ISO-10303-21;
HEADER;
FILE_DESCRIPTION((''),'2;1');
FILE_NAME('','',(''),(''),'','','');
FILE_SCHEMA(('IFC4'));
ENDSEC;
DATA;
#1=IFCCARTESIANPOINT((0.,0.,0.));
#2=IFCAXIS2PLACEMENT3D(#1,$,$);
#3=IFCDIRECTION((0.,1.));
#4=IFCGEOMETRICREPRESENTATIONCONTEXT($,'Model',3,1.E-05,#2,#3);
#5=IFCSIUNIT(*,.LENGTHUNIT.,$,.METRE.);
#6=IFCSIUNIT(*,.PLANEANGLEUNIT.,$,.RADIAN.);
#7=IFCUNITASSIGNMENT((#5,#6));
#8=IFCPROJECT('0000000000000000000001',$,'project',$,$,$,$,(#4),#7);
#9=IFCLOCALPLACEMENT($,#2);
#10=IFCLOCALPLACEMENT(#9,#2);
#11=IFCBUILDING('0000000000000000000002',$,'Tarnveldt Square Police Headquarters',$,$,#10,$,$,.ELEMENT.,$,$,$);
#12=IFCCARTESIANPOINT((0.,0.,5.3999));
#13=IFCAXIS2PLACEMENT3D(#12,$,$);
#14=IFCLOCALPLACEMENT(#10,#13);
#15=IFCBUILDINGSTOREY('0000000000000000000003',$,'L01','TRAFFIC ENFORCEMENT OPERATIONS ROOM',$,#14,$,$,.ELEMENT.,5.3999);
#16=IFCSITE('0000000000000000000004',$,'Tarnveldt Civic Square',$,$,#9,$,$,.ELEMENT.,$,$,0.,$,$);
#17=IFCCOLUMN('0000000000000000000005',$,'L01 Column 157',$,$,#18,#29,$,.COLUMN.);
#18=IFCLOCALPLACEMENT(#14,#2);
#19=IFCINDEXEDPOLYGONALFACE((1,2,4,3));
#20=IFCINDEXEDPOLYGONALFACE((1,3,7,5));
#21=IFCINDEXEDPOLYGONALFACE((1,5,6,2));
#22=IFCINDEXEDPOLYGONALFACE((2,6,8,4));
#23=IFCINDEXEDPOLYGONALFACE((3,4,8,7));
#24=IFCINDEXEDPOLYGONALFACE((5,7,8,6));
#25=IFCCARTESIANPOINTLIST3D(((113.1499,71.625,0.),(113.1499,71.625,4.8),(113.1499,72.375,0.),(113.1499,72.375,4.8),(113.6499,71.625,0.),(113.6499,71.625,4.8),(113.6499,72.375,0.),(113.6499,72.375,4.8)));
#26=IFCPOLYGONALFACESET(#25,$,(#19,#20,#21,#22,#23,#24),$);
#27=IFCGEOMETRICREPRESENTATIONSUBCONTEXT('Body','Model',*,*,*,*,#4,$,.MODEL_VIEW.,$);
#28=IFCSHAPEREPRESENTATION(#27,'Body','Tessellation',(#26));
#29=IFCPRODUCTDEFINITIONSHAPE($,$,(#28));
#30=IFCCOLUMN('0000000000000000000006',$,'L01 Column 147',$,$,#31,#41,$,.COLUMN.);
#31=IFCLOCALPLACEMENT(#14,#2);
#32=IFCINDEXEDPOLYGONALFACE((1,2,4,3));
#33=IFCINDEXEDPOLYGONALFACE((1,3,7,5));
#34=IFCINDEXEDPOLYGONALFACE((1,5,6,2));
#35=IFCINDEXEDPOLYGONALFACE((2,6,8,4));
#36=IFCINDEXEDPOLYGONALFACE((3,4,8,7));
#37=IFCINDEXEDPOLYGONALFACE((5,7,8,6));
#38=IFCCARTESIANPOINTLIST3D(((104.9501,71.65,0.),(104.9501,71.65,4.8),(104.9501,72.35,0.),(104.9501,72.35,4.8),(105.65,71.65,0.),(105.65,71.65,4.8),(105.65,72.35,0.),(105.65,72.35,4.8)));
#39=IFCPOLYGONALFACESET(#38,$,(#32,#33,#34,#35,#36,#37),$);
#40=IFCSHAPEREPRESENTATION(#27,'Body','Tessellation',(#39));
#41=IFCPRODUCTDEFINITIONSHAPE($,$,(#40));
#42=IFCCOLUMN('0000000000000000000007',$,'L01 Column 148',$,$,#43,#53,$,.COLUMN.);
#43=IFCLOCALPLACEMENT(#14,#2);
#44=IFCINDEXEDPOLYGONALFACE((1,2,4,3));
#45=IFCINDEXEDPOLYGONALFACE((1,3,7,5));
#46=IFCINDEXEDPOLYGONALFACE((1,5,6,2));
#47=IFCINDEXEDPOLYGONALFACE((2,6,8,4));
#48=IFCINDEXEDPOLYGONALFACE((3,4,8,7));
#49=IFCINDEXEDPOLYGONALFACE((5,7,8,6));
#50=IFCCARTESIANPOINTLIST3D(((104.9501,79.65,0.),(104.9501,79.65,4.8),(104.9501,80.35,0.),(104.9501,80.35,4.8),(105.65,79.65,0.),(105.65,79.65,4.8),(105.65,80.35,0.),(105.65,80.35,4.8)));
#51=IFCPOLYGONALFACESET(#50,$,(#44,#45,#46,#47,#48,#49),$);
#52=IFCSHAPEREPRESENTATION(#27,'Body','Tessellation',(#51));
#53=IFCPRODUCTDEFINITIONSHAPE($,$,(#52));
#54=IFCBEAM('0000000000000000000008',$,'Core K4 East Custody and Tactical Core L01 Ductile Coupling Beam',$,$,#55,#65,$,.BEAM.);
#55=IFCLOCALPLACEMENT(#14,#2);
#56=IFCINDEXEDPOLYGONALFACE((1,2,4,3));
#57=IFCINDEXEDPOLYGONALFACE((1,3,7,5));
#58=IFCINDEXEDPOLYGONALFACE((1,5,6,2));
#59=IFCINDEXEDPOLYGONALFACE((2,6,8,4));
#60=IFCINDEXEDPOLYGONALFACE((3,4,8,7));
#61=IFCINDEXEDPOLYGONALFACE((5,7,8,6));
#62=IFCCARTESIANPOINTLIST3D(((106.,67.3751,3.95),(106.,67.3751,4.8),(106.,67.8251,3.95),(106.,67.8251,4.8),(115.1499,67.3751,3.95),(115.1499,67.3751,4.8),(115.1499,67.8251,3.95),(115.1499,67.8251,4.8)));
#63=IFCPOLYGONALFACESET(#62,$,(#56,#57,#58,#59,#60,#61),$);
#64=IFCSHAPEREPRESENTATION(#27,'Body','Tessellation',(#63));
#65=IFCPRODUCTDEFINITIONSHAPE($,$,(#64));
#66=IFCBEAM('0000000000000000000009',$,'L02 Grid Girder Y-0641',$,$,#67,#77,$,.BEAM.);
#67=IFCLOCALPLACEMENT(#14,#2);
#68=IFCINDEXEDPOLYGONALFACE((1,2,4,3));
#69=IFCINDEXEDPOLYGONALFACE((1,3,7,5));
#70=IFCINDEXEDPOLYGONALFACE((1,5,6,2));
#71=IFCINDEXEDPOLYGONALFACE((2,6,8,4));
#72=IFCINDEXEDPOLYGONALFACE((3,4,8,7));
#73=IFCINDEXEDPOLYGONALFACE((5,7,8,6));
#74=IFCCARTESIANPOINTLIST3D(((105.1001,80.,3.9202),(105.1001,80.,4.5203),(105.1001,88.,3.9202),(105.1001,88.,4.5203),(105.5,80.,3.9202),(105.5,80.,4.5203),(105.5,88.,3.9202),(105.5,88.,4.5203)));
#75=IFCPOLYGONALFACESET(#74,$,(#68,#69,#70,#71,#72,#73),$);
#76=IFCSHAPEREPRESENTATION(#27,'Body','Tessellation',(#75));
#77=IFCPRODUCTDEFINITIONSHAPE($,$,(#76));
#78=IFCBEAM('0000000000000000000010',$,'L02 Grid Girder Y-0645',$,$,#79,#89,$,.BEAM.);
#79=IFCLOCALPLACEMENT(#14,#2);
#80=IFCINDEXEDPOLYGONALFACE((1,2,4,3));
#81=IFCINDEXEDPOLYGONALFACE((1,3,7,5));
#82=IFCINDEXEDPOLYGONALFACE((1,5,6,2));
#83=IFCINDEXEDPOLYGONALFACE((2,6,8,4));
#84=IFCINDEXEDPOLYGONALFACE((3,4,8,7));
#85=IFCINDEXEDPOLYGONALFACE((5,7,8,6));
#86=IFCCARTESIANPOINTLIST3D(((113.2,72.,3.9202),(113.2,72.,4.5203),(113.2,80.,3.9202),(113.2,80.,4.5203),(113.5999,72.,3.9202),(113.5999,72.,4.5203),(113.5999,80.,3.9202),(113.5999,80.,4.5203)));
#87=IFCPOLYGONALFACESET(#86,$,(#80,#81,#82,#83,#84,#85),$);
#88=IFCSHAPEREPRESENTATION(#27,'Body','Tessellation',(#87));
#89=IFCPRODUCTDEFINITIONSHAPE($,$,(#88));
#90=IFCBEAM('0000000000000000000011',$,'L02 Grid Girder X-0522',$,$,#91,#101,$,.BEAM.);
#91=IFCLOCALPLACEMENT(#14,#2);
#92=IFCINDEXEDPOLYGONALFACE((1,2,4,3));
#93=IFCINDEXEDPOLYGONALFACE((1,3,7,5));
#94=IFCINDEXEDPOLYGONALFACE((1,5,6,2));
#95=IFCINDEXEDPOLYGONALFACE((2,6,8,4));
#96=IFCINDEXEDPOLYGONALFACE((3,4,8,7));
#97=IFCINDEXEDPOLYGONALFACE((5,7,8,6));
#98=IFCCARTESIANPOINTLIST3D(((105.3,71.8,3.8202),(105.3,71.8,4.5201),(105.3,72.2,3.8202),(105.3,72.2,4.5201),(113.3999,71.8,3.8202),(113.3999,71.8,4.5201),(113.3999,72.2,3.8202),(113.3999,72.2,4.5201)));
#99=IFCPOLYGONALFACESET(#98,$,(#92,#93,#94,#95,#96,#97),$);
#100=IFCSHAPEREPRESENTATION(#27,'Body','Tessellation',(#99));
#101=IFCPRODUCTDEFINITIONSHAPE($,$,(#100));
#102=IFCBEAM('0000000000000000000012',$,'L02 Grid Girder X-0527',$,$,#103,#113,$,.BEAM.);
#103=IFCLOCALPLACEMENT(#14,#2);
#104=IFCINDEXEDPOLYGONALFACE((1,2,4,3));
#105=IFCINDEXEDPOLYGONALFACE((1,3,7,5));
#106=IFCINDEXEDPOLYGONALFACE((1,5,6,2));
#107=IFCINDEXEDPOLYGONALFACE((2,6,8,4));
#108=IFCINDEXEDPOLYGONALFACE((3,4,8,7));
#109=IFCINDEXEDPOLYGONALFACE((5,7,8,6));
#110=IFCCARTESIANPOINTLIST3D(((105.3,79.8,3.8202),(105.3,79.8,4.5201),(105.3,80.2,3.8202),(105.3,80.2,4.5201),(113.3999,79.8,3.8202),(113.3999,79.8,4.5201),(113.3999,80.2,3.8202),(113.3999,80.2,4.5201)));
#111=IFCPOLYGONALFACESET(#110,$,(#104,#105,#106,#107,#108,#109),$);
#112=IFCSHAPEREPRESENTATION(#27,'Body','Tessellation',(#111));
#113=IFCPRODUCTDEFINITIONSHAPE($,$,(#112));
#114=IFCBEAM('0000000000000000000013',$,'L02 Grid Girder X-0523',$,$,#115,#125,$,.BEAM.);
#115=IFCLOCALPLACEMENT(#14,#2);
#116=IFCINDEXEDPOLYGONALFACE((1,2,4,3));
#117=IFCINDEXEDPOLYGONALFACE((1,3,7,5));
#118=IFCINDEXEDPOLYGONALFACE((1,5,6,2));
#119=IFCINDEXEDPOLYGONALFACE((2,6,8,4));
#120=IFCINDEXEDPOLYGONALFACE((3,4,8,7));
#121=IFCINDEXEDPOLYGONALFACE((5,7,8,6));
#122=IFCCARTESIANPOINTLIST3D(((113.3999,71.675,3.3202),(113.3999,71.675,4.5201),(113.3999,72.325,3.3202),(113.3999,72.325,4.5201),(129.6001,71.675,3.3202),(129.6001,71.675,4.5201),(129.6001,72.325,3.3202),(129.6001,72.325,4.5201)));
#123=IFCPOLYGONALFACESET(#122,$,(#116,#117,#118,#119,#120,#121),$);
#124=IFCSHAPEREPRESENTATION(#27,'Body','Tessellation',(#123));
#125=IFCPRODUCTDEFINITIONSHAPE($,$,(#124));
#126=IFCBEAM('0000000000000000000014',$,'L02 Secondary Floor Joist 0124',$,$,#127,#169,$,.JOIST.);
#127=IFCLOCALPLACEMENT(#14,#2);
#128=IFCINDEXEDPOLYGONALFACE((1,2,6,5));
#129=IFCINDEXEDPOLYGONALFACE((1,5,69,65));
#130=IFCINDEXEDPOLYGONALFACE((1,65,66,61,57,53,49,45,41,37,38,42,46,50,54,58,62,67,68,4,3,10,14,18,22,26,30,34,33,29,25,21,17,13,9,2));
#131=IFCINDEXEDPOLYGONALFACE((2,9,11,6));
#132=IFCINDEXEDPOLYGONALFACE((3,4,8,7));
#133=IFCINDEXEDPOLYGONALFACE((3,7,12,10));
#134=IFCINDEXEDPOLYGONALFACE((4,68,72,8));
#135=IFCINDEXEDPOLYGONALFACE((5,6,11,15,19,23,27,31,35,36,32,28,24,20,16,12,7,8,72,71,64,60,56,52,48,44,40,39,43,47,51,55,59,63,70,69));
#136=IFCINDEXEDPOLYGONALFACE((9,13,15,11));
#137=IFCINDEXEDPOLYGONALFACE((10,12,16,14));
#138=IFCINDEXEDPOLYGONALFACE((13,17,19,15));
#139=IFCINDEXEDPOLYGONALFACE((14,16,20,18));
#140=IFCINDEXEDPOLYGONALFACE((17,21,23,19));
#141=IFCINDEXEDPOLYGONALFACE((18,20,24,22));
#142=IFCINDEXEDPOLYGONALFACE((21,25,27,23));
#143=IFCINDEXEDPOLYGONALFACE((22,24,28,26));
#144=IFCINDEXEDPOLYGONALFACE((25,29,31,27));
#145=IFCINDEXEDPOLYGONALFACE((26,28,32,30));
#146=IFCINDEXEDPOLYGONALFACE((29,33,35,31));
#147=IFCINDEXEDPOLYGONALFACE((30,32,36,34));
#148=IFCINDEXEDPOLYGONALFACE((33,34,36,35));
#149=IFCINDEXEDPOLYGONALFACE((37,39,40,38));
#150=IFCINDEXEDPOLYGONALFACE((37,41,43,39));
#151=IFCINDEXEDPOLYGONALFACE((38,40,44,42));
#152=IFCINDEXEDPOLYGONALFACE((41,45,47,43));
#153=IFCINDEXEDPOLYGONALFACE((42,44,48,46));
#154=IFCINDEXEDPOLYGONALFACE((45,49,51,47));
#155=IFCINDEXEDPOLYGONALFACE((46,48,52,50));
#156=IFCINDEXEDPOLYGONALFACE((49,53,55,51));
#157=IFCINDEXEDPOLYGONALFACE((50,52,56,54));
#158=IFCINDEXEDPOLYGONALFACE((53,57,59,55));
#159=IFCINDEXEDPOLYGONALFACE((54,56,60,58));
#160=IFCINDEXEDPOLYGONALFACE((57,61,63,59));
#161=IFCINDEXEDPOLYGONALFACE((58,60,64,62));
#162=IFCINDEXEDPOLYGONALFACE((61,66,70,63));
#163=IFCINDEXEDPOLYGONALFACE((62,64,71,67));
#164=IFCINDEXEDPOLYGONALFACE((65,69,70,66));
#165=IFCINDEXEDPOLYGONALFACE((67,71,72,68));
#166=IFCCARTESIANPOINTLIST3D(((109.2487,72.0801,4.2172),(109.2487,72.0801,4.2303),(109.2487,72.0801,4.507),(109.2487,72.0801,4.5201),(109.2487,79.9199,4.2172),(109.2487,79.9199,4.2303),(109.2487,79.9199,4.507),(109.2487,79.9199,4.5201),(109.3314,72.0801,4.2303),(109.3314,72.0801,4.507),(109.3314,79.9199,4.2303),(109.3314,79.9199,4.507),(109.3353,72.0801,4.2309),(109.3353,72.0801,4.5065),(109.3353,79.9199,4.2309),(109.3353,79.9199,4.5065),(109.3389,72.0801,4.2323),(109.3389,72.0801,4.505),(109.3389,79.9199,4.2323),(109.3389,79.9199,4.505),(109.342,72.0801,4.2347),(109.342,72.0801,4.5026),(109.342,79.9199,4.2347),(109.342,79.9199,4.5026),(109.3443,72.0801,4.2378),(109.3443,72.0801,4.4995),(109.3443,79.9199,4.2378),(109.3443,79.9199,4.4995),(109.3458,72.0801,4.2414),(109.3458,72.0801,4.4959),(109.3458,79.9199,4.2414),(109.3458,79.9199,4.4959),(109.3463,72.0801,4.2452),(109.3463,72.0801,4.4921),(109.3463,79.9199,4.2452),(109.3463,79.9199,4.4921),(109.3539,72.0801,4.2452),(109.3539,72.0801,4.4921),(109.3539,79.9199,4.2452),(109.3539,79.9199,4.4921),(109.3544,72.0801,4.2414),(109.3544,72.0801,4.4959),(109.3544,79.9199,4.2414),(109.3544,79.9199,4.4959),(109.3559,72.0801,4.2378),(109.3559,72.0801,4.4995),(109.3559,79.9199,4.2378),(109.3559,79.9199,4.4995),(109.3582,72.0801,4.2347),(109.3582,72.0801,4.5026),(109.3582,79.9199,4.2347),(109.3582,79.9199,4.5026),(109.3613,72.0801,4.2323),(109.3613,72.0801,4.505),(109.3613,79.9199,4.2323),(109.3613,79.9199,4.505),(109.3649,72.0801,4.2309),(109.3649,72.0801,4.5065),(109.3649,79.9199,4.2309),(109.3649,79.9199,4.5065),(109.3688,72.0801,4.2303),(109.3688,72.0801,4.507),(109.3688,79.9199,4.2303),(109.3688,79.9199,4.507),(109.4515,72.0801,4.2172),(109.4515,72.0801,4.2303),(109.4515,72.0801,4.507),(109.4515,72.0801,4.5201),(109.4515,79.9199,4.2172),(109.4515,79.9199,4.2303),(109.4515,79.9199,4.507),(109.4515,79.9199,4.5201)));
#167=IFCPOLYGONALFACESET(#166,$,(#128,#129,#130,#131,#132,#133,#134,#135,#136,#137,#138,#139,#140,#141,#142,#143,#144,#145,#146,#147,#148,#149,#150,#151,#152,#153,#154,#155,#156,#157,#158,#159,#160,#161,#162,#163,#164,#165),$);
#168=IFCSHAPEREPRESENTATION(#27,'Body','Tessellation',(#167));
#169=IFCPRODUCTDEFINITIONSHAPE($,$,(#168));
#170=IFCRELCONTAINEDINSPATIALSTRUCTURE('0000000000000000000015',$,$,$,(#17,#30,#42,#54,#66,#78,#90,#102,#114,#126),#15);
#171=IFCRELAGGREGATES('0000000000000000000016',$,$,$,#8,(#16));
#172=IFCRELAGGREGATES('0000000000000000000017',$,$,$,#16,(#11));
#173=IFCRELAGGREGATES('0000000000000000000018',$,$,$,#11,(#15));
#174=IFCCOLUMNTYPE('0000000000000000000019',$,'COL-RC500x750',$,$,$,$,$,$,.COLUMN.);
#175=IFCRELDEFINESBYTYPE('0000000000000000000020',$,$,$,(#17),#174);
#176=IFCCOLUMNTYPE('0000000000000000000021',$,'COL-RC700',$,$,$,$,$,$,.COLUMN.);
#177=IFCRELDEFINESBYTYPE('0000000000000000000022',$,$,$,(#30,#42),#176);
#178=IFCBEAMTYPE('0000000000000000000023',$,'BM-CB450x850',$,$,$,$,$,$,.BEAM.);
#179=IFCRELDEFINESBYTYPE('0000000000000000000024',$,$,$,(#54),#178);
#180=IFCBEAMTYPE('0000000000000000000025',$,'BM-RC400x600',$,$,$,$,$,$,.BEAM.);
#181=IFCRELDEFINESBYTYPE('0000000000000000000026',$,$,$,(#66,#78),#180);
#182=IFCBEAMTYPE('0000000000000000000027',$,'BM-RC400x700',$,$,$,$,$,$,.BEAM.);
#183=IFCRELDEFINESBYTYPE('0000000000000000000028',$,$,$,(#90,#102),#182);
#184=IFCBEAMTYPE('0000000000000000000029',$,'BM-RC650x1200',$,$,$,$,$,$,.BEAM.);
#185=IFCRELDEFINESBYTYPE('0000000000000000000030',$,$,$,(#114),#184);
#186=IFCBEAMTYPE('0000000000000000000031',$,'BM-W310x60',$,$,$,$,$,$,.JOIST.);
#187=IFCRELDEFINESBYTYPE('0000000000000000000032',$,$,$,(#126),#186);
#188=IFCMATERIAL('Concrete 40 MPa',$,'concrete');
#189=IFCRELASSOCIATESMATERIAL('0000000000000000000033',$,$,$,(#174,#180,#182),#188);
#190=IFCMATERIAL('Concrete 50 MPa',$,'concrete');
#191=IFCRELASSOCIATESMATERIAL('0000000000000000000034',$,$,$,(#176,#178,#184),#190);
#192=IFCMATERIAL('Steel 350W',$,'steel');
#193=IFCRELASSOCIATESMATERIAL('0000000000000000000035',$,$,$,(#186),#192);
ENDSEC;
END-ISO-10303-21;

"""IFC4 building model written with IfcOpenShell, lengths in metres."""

from ifc_helpers import new_model, si_unit, direction, frame, origin, origin_2d, place, context, subcontext, project, spatial, rectangle, i_section, extrude, material, material_profile, profile_set, type_object, element, save


model = new_model("IFC4")

# Units and contexts
model_context = context("Model", 3, precision=1e-05, world=origin(), true_north=direction((0.0, 1.0)))
body_context = subcontext(model_context, "Body", "Model", "MODEL_VIEW")
ifc_project = project(units=[si_unit("LENGTHUNIT", "METRE"), si_unit("PLANEANGLEUNIT", "RADIAN")], contexts=[model_context])

# Site, building, storey
site_placement = place(None, origin())
site = spatial("IfcSite", under=ifc_project, at=site_placement, Name="Tarnveldt Civic Square", CompositionType="ELEMENT", RefElevation=0.0)
building_placement = place(site_placement, origin())
building = spatial("IfcBuilding", under=site, at=building_placement, Name="Tarnveldt Square Police Headquarters", CompositionType="ELEMENT")
storey_placement = place(building_placement, frame((0.0, 0.0, 5.3999)))
storey = spatial("IfcBuildingStorey", under=building, at=storey_placement, Name="L01", Description="TRAFFIC ENFORCEMENT OPERATIONS ROOM", CompositionType="ELEMENT", Elevation=5.3999)

# Columns
ifc_material_1 = material(Name="Concrete 40 MPa", Category="concrete")
ifc_material_profile_1 = material_profile(ifc_material_1, rectangle(XDim=0.5, YDim=0.75, at=origin_2d()), Name="RC-C500x750")
ifc_profile_set_1 = profile_set([ifc_material_profile_1], Name="Concrete 40 MPa")
column_type_1 = type_object("IfcColumnType", Name="COL-RC500x750", PredefinedType="COLUMN", material=ifc_profile_set_1)
column_placement = place(storey_placement, frame((113.3999, 72.0, 0.0), z_axis=(0.0, 0.0, 1.0), x_axis=(1.0, 0.0, 0.0)))
element("IfcColumn", 1, at=column_placement, inside=storey, type_object=column_type_1, Name="L01 Column 157", PredefinedType="COLUMN", context=body_context, shape_type="SweptSolid", body=[
    extrude(rectangle(XDim=0.5, YDim=0.75, at=origin_2d()), origin(), (0.0, 0.0, 1.0), 4.8),
])
ifc_material_2 = material(Name="Concrete 50 MPa", Category="concrete")
ifc_material_profile_2 = material_profile(ifc_material_2, rectangle(XDim=0.7, YDim=0.7, at=origin_2d()), Name="RC-C700x700")
ifc_profile_set_2 = profile_set([ifc_material_profile_2], Name="Concrete 50 MPa")
column_type_2 = type_object("IfcColumnType", Name="COL-RC700", PredefinedType="COLUMN", material=ifc_profile_set_2)
for number, where, z_axis, x_axis, name in (
    (2, (105.3, 72.0, 0.0), (0.0, 0.0, 1.0), (1.0, 0.0, 0.0), "L01 Column 147"),
    (3, (105.3, 80.0, 0.0), (0.0, 0.0, 1.0), (1.0, 0.0, 0.0), "L01 Column 148"),
):
    element("IfcColumn", number, at=place(storey_placement, frame(where, z_axis=z_axis, x_axis=x_axis)), inside=storey, type_object=column_type_2, Name=name, PredefinedType="COLUMN", context=body_context, shape_type="SweptSolid", body=[
        extrude(rectangle(XDim=0.7, YDim=0.7, at=origin_2d()), origin(), (0.0, 0.0, 1.0), 4.8),
    ])

# Beams
ifc_material_profile_3 = material_profile(ifc_material_2, rectangle(XDim=0.45, YDim=0.8501, at=origin_2d()), Name="RC-CB450x850")
ifc_profile_set_3 = profile_set([ifc_material_profile_3], Name="Concrete 50 MPa")
beam_type_1 = type_object("IfcBeamType", Name="BM-CB450x850", PredefinedType="BEAM", material=ifc_profile_set_3)
beam_1_placement = place(storey_placement, frame((106.0, 67.6001, 4.375), z_axis=(1.0, 0.0, 0.0), x_axis=(0.0, 1.0, 0.0)))
element("IfcBeam", 4, at=beam_1_placement, inside=storey, type_object=beam_type_1, Name="Core K4 East Custody and Tactical Core L01 Ductile Coupling Beam", PredefinedType="BEAM", context=body_context, shape_type="SweptSolid", body=[
    extrude(rectangle(XDim=0.45, YDim=0.8501, at=origin_2d()), origin(), (0.0, 0.0, 1.0), 9.1499),
])
ifc_material_profile_4 = material_profile(ifc_material_1, rectangle(XDim=0.3999, YDim=0.6001, at=origin_2d()), Name="RC-B400x600")
ifc_profile_set_4 = profile_set([ifc_material_profile_4], Name="Concrete 40 MPa")
beam_type_2 = type_object("IfcBeamType", Name="BM-RC400x600", PredefinedType="BEAM", material=ifc_profile_set_4)
for number, where, z_axis, x_axis, name in (
    (5, (105.3, 80.0, 4.2202), (0.0, 1.0, 0.0), (-1.0, 0.0, 0.0), "L02 Grid Girder Y-0641"),
    (6, (113.3999, 72.0, 4.2202), (0.0, 1.0, 0.0), (-1.0, 0.0, 0.0), "L02 Grid Girder Y-0645"),
):
    element("IfcBeam", number, at=place(storey_placement, frame(where, z_axis=z_axis, x_axis=x_axis)), inside=storey, type_object=beam_type_2, Name=name, PredefinedType="BEAM", context=body_context, shape_type="SweptSolid", body=[
        extrude(rectangle(XDim=0.3999, YDim=0.6001, at=origin_2d()), origin(), (0.0, 0.0, 1.0), 8.0),
    ])
ifc_material_profile_5 = material_profile(ifc_material_1, rectangle(XDim=0.3999, YDim=0.7, at=origin_2d()), Name="RC-B400x700")
ifc_profile_set_5 = profile_set([ifc_material_profile_5], Name="Concrete 40 MPa")
beam_type_3 = type_object("IfcBeamType", Name="BM-RC400x700", PredefinedType="BEAM", material=ifc_profile_set_5)
for number, where, z_axis, x_axis, name in (
    (7, (105.3, 72.0, 4.1702), (1.0, 0.0, 0.0), (0.0, 1.0, 0.0), "L02 Grid Girder X-0522"),
    (8, (105.3, 80.0, 4.1702), (1.0, 0.0, 0.0), (0.0, 1.0, 0.0), "L02 Grid Girder X-0527"),
):
    element("IfcBeam", number, at=place(storey_placement, frame(where, z_axis=z_axis, x_axis=x_axis)), inside=storey, type_object=beam_type_3, Name=name, PredefinedType="BEAM", context=body_context, shape_type="SweptSolid", body=[
        extrude(rectangle(XDim=0.3999, YDim=0.7, at=origin_2d()), origin(), (0.0, 0.0, 1.0), 8.0999),
    ])
ifc_material_profile_6 = material_profile(ifc_material_2, rectangle(XDim=0.6499, YDim=1.2, at=origin_2d()), Name="RC-B650x1200")
ifc_profile_set_6 = profile_set([ifc_material_profile_6], Name="Concrete 50 MPa")
beam_type_4 = type_object("IfcBeamType", Name="BM-RC650x1200", PredefinedType="BEAM", material=ifc_profile_set_6)
beam_2_placement = place(storey_placement, frame((113.3999, 72.0, 3.9202), z_axis=(1.0, 0.0, 0.0), x_axis=(0.0, 1.0, 0.0)))
element("IfcBeam", 9, at=beam_2_placement, inside=storey, type_object=beam_type_4, Name="L02 Grid Girder X-0523", PredefinedType="BEAM", context=body_context, shape_type="SweptSolid", body=[
    extrude(rectangle(XDim=0.6499, YDim=1.2, at=origin_2d()), origin(), (0.0, 0.0, 1.0), 16.2002),
])
ifc_material_3 = material(Name="Steel 350W", Category="steel")
ifc_material_profile_7 = material_profile(ifc_material_3, i_section(OverallWidth=0.2029, OverallDepth=0.303, WebThickness=0.0076, FlangeThickness=0.0132, FilletRadius=0.0149, at=origin_2d()), Name="W310x60")
ifc_profile_set_7 = profile_set([ifc_material_profile_7], Name="Steel 350W")
beam_type_5 = type_object("IfcBeamType", Name="BM-W310x60", PredefinedType="JOIST", material=ifc_profile_set_7)
for number, where, z_axis, x_axis, name in (
    (10, (109.3501, 72.0801, 4.3687), (0.0, 1.0, 0.0), (-1.0, 0.0, 0.0), "L02 Secondary Floor Joist 0124"),
):
    element("IfcBeam", number, at=place(storey_placement, frame(where, z_axis=z_axis, x_axis=x_axis)), inside=storey, type_object=beam_type_5, Name=name, PredefinedType="JOIST", context=body_context, shape_type="SweptSolid", body=[
        extrude(i_section(OverallWidth=0.2029, OverallDepth=0.303, WebThickness=0.0076, FlangeThickness=0.0132, FilletRadius=0.0149, at=origin_2d()), origin(), (0.0, 0.0, 1.0), 7.8398),
    ])

save(model, "model.ifc")
